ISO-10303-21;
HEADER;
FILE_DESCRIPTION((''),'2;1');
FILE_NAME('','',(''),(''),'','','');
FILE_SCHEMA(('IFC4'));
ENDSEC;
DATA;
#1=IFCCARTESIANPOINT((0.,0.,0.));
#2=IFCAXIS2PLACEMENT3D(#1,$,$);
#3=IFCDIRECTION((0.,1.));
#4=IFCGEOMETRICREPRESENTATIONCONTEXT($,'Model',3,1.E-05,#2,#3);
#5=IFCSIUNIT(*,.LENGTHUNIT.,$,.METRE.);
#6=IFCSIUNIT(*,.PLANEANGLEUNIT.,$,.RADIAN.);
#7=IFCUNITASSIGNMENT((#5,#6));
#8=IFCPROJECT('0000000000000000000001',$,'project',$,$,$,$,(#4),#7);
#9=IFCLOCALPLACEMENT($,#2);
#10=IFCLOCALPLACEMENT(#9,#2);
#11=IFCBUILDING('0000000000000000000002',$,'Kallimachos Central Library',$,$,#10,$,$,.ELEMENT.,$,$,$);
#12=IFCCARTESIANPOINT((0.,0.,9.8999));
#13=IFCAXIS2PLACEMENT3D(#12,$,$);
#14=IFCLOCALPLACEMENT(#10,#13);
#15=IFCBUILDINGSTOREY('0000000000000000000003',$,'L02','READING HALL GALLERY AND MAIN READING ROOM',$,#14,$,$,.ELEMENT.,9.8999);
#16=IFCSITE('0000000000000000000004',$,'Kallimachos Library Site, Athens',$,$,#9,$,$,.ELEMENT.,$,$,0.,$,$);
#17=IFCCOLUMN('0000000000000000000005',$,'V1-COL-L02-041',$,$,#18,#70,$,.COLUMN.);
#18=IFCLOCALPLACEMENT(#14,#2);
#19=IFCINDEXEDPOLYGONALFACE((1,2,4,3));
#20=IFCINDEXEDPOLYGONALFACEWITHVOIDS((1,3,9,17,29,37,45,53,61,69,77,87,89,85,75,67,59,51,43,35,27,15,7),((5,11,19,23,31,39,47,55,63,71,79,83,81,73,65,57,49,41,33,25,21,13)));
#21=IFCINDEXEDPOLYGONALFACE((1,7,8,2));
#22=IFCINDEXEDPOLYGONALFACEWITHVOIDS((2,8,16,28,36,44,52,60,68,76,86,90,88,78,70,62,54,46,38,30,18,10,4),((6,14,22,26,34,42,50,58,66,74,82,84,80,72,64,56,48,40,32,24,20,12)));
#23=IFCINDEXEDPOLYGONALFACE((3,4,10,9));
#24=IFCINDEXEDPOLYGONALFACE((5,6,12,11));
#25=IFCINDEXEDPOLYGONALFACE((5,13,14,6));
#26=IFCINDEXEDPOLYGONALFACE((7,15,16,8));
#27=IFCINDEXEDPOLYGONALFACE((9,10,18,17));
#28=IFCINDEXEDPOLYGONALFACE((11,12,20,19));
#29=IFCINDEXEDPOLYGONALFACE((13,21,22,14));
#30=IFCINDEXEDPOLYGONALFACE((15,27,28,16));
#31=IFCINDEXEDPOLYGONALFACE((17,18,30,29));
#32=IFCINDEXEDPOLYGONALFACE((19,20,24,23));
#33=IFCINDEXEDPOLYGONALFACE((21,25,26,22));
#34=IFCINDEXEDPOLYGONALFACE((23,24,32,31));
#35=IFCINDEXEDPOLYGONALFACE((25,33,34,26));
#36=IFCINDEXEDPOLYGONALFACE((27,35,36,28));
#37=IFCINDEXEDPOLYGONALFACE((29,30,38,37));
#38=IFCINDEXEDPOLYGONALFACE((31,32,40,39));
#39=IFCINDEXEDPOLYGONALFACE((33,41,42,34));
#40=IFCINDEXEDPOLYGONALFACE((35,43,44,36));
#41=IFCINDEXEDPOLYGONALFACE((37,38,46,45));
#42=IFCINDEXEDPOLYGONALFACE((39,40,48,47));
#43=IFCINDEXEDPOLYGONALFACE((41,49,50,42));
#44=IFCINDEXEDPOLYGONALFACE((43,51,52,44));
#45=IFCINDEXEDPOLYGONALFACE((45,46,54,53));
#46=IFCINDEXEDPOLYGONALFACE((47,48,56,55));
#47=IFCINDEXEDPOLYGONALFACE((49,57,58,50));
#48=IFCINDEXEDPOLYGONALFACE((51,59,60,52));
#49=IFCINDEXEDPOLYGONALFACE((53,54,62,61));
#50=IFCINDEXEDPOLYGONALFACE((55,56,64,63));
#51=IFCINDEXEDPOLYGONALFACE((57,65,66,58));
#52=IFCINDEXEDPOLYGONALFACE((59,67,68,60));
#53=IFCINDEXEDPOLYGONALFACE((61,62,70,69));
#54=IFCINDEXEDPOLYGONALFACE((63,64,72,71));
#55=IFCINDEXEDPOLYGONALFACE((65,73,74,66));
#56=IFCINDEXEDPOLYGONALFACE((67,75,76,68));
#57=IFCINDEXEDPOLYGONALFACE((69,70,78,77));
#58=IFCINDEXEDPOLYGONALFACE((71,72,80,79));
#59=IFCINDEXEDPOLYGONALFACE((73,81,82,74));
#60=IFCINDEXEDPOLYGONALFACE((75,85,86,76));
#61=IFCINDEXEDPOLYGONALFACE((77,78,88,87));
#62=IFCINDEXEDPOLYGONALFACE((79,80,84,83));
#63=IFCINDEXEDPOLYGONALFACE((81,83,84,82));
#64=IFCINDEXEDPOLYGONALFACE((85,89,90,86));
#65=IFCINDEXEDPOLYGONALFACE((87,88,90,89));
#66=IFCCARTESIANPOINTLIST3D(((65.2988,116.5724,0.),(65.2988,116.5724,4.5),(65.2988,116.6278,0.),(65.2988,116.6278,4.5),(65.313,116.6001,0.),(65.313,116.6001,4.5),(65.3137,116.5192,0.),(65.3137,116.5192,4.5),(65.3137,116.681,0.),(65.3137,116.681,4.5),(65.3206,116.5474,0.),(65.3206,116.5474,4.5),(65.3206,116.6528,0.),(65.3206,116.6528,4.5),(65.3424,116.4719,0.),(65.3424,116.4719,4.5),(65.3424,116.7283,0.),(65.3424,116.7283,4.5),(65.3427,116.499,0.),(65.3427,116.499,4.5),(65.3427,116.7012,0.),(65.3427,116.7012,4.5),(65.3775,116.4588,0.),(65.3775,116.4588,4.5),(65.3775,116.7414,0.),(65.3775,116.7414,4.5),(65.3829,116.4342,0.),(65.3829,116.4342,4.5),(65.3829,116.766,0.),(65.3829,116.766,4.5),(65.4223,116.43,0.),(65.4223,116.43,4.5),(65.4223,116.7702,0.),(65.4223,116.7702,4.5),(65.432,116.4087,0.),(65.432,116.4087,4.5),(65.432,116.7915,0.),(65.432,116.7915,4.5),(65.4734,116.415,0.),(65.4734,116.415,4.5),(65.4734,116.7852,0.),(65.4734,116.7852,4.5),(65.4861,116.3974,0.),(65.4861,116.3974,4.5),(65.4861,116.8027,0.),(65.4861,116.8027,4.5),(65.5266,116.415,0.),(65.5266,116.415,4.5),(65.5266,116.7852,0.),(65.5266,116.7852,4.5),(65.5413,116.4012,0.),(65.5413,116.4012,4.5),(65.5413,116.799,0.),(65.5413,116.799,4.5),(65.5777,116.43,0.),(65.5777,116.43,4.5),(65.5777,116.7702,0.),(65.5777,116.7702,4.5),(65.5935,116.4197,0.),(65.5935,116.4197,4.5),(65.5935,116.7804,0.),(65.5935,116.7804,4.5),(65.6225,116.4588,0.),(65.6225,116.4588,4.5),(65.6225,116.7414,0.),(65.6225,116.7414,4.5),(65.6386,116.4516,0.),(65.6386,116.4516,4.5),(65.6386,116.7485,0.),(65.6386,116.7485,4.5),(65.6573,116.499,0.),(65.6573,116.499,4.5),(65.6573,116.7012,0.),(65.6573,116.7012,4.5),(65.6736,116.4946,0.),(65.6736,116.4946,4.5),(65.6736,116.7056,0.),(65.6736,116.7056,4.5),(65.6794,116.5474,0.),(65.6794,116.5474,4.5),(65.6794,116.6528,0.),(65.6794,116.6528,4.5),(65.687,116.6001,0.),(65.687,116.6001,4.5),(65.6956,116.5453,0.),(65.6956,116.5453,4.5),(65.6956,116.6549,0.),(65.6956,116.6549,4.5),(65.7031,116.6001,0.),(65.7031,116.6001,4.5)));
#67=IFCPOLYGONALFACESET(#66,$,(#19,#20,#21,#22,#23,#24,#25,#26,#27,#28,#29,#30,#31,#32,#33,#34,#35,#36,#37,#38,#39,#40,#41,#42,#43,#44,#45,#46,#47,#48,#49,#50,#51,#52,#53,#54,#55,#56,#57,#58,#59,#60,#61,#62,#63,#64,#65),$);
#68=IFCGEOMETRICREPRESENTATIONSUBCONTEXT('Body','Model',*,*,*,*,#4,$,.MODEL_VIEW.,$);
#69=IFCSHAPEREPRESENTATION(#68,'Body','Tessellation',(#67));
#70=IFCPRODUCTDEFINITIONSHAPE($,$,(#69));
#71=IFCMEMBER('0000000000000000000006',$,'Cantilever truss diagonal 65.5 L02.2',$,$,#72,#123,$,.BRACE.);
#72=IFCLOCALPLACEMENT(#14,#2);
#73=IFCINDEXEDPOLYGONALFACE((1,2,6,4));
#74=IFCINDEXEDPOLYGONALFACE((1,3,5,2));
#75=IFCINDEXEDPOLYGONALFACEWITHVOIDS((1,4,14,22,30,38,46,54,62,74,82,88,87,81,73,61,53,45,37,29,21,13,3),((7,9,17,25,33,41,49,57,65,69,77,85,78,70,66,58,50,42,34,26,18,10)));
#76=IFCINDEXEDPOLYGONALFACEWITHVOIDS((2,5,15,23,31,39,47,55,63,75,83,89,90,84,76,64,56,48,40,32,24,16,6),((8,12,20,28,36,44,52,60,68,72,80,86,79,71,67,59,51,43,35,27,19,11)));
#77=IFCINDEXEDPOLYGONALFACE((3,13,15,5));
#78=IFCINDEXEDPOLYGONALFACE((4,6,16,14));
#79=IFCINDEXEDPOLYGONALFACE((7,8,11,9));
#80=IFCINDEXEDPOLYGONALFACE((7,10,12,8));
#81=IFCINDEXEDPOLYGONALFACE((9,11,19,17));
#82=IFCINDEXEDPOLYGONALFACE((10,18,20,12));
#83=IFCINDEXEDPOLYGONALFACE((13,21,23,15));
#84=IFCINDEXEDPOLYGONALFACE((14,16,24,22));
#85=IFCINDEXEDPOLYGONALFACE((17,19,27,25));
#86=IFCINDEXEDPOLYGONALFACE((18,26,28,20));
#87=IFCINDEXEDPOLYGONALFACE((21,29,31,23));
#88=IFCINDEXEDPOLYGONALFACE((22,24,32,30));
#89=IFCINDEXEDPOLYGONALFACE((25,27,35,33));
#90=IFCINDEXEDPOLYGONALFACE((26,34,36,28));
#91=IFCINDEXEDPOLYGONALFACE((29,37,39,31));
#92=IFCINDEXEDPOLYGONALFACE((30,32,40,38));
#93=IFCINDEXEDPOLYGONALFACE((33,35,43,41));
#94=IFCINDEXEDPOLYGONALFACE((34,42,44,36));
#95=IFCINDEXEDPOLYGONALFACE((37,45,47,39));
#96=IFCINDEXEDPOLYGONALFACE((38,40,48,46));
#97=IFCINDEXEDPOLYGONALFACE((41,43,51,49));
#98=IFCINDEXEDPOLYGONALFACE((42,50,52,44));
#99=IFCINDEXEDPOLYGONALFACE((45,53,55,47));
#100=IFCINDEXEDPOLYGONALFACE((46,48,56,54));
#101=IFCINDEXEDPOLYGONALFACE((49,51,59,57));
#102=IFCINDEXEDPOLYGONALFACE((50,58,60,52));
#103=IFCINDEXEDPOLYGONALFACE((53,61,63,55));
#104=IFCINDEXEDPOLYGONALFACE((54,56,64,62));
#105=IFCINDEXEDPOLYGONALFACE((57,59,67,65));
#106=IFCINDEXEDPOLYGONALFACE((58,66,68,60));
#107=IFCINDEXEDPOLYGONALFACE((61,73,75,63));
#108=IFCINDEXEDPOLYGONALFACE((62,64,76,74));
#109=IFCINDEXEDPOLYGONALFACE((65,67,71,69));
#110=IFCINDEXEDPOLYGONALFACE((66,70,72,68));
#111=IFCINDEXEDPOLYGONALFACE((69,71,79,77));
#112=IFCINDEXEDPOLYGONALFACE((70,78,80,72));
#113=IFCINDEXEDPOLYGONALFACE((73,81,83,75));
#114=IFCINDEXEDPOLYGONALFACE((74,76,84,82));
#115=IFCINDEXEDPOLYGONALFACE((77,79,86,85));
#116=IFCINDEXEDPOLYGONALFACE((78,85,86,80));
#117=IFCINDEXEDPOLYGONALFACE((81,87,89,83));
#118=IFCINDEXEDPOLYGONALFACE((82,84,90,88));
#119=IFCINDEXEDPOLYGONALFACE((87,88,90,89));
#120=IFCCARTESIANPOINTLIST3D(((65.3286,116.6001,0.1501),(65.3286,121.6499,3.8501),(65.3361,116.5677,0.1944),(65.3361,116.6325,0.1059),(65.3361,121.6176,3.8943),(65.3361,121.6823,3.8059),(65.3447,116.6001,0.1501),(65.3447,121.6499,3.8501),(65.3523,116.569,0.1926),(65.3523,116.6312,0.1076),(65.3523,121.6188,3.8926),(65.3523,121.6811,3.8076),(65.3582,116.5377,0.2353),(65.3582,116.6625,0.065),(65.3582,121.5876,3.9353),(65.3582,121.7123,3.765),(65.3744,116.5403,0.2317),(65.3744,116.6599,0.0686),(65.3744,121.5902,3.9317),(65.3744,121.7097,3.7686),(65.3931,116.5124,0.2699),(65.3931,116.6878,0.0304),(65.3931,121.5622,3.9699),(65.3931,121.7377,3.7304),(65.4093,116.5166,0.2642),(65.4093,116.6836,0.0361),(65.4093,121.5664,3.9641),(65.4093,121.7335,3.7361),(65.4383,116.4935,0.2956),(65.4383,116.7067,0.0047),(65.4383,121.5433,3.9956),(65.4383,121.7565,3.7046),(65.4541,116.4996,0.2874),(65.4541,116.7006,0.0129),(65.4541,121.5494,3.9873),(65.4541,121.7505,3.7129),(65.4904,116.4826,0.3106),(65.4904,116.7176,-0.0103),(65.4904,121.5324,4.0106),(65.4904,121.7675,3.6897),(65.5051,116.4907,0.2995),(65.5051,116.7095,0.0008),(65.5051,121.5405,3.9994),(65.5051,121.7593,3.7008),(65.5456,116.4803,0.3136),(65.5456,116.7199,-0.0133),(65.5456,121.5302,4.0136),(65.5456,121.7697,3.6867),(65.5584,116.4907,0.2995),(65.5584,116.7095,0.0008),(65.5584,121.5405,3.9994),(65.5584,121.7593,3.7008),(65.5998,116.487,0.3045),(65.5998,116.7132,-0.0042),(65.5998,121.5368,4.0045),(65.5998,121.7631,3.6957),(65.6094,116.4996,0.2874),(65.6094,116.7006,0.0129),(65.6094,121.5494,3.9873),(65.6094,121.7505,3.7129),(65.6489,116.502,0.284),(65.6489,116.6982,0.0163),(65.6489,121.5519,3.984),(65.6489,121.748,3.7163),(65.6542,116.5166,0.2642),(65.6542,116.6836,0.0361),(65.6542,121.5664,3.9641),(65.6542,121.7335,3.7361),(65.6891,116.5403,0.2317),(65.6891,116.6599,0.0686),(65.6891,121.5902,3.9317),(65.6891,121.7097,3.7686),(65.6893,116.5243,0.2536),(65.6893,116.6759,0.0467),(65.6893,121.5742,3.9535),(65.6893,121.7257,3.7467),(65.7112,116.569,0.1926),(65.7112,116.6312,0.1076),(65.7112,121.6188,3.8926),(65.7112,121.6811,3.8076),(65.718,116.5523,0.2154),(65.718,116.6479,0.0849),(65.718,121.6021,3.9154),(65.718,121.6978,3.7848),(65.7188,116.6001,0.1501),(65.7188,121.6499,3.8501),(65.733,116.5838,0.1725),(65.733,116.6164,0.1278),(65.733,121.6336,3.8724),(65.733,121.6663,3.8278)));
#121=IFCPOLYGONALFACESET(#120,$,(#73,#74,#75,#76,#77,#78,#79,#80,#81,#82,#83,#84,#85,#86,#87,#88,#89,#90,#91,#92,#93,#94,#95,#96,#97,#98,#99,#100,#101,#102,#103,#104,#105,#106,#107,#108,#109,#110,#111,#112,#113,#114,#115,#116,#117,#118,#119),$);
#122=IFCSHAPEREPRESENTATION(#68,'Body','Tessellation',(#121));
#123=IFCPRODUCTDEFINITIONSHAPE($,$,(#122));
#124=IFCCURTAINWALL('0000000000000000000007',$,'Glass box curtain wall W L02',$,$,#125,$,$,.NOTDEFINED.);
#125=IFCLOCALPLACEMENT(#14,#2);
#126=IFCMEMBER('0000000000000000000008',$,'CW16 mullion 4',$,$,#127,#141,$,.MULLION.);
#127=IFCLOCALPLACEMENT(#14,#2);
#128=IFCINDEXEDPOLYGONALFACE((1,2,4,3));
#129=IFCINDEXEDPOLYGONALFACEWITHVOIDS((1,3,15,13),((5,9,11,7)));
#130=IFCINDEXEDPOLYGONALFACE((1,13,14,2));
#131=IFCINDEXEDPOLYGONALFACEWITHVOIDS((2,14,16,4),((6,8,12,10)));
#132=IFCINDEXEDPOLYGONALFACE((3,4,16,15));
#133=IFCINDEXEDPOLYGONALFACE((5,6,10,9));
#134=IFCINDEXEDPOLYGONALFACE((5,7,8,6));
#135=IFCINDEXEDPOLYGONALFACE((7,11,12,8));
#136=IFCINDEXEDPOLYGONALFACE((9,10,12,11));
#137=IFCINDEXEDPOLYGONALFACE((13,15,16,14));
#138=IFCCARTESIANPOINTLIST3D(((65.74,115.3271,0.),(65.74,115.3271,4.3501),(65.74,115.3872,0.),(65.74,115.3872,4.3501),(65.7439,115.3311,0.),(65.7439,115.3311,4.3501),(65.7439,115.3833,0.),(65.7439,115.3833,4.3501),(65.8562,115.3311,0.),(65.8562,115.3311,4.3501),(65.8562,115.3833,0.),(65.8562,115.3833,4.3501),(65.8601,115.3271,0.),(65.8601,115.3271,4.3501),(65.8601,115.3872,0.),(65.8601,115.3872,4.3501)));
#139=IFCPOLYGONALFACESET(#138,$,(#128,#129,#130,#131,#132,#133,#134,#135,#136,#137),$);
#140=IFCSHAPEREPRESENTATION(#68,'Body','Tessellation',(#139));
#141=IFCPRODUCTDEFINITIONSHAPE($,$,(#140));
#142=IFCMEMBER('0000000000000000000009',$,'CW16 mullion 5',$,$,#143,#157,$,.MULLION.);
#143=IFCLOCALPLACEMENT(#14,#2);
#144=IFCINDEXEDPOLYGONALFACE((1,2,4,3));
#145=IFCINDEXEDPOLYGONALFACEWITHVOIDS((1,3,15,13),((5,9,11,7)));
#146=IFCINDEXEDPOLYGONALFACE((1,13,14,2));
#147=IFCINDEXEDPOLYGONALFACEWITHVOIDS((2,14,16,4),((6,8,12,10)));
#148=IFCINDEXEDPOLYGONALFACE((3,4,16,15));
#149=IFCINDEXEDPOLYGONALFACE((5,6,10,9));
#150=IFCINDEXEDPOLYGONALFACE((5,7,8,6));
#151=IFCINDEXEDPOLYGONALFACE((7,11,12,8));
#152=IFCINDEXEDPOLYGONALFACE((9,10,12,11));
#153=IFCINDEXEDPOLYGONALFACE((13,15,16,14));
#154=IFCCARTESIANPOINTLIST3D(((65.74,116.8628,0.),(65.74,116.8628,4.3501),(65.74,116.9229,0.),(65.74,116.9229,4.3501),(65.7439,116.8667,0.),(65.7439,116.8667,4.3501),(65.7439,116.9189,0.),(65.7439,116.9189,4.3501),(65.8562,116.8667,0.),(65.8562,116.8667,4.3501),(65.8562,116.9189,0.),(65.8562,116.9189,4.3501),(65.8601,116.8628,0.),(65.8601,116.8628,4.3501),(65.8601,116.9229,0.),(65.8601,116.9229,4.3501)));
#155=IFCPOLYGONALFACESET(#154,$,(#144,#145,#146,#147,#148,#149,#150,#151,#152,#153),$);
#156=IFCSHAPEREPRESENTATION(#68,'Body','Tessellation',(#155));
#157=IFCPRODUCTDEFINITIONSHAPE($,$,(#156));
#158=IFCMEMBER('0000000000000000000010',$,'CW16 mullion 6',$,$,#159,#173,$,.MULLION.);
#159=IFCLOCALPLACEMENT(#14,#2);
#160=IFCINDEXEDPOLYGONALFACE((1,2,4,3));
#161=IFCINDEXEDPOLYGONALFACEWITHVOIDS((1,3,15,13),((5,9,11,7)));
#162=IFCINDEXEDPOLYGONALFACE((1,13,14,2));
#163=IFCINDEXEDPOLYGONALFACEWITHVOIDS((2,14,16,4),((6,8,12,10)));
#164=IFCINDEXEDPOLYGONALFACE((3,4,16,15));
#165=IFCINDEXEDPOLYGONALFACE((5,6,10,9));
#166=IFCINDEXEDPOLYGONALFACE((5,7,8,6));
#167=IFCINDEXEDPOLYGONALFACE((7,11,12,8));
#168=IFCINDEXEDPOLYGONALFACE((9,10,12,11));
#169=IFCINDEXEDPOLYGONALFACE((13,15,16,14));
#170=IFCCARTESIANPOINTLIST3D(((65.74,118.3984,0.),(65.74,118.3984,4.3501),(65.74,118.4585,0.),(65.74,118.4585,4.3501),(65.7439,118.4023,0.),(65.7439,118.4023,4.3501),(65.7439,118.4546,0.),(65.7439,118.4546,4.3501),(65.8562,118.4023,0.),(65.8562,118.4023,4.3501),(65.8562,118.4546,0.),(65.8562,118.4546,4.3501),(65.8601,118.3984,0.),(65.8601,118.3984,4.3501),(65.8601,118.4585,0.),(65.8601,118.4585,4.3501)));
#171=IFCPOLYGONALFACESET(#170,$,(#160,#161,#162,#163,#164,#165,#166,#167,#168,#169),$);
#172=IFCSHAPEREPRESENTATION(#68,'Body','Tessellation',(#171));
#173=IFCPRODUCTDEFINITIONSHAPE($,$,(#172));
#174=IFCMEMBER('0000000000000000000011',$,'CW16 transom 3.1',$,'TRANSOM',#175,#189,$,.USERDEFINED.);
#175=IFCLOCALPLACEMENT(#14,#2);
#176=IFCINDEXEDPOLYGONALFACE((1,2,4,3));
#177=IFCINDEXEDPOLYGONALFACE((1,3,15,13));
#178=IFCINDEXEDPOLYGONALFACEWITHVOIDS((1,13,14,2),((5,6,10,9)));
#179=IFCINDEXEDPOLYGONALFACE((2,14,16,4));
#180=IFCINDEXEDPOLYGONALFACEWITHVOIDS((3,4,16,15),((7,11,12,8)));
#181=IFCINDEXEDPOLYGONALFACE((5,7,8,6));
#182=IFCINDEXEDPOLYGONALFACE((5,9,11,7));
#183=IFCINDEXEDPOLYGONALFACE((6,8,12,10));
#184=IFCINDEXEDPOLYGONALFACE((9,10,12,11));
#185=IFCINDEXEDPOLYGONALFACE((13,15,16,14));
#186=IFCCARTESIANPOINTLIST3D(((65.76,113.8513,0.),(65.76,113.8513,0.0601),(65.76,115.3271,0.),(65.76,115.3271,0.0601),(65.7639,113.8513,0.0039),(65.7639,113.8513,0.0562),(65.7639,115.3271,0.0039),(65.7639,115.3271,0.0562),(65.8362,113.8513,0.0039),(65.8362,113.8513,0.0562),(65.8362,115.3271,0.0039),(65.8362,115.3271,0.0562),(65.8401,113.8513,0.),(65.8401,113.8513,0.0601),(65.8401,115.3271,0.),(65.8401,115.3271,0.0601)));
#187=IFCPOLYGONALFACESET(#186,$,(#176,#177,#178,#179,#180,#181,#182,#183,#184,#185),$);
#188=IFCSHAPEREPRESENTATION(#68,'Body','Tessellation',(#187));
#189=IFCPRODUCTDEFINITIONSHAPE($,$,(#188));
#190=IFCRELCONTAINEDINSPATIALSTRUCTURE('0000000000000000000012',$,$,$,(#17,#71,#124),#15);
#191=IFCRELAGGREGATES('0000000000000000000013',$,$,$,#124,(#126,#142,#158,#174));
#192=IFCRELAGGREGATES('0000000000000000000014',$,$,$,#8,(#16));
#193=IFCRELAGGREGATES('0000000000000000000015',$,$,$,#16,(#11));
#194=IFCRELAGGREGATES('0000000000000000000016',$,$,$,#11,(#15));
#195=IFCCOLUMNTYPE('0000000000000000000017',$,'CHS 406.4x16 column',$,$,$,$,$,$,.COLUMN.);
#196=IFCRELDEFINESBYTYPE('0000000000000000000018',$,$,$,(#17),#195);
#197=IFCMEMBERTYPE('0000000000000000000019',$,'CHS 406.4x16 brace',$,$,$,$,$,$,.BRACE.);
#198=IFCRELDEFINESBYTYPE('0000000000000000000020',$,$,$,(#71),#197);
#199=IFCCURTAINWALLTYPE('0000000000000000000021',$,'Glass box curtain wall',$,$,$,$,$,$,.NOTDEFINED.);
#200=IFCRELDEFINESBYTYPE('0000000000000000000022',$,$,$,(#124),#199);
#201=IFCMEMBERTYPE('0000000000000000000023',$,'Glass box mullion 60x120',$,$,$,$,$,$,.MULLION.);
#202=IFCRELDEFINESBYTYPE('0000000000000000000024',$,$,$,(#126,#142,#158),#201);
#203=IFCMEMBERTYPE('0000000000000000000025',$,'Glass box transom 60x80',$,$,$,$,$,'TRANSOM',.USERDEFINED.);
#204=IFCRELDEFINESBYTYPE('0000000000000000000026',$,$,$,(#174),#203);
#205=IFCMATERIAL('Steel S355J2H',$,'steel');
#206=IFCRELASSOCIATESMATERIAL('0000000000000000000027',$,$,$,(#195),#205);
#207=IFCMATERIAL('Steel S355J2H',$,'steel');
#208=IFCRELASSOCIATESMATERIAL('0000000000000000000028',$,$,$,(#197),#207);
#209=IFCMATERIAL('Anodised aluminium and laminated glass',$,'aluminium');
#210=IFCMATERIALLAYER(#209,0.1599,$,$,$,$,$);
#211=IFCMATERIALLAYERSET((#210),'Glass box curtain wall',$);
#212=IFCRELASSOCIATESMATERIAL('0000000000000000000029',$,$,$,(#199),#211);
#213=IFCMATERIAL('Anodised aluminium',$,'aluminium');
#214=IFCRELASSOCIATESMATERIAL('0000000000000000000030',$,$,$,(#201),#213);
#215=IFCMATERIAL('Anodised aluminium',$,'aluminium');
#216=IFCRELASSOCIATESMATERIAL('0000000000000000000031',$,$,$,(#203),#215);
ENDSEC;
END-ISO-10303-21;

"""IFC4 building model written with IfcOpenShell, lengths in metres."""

from ifc_helpers import new_model, si_unit, direction, frame, origin, origin_2d, place, context, subcontext, project, spatial, hollow_rectangle, hollow_circle, extrude, material, layer, layer_set, material_profile, profile_set, type_object, element, aggregate, save


model = new_model("IFC4")

# Units and contexts
model_context = context("Model", 3, precision=1e-05, world=origin(), true_north=direction((0.0, 1.0)))
body_context = subcontext(model_context, "Body", "Model", "MODEL_VIEW")
ifc_project = project(units=[si_unit("LENGTHUNIT", "METRE"), si_unit("PLANEANGLEUNIT", "RADIAN")], contexts=[model_context])

# Site, building, storey
site_placement = place(None, origin())
site = spatial("IfcSite", under=ifc_project, at=site_placement, Name="Kallimachos Library Site, Athens", CompositionType="ELEMENT", RefElevation=0.0)
building_placement = place(site_placement, origin())
building = spatial("IfcBuilding", under=site, at=building_placement, Name="Kallimachos Central Library", CompositionType="ELEMENT")
storey_placement = place(building_placement, frame((0.0, 0.0, 9.8999)))
storey = spatial("IfcBuildingStorey", under=building, at=storey_placement, Name="L02", Description="READING HALL GALLERY AND MAIN READING ROOM", CompositionType="ELEMENT", Elevation=9.8999)

# Column
ifc_material_1 = material(Name="Steel S355J2H", Category="steel")
ifc_material_profile_1 = material_profile(ifc_material_1, hollow_circle(Radius=0.2031, WallThickness=0.0161, at=origin_2d()), Name="CHS 406.4x16")
ifc_profile_set_1 = profile_set([ifc_material_profile_1], Name="Steel S355J2H")
column_type = type_object("IfcColumnType", Name="CHS 406.4x16 column", PredefinedType="COLUMN", material=ifc_profile_set_1)
column_placement = place(storey_placement, frame((65.5, 116.6001, 0.0), z_axis=(0.0, 0.0, 1.0), x_axis=(1.0, 0.0, 0.0)))
element("IfcColumn", 1, at=column_placement, inside=storey, type_object=column_type, Name="V1-COL-L02-041", PredefinedType="COLUMN", context=body_context, shape_type="SweptSolid", body=[
    extrude(hollow_circle(Radius=0.2031, WallThickness=0.0161, at=origin_2d()), origin(), (0.0, 0.0, 1.0), 4.5),
])

# Member
ifc_material_2 = material(Name="Steel S355J2H", Category="steel")
ifc_material_profile_2 = material_profile(ifc_material_2, hollow_circle(Radius=0.2031, WallThickness=0.0161, at=origin_2d()), Name="CHS 406.4x16")
ifc_profile_set_2 = profile_set([ifc_material_profile_2], Name="Steel S355J2H")
member_type_1 = type_object("IfcMemberType", Name="CHS 406.4x16 brace", PredefinedType="BRACE", material=ifc_profile_set_2)
member_1_placement = place(storey_placement, frame((65.5317, 116.6001, 0.1501), z_axis=(0.0, 0.806652, 0.591027), x_axis=(-1.0, 0.0, 0.0)))
element("IfcMember", 2, at=member_1_placement, inside=storey, type_object=member_type_1, Name="Cantilever truss diagonal 65.5 L02.2", PredefinedType="BRACE", context=body_context, shape_type="SweptSolid", body=[
    extrude(hollow_circle(Radius=0.2031, WallThickness=0.0161, at=origin_2d()), origin(), (0.0, 0.0, 1.0), 6.2603),
])

# Curtain wall, members
ifc_material_3 = material(Name="Anodised aluminium and laminated glass", Category="aluminium")
ifc_layer_1 = layer(ifc_material_3, 0.1599)
ifc_layer_set_1 = layer_set([ifc_layer_1], Name="Glass box curtain wall")
curtain_wall_type = type_object("IfcCurtainWallType", Name="Glass box curtain wall", PredefinedType="NOTDEFINED", material=ifc_layer_set_1)
curtain_wall_placement = place(storey_placement, origin())
curtain_wall = element("IfcCurtainWall", 3, at=curtain_wall_placement, inside=storey, type_object=curtain_wall_type, Name="Glass box curtain wall W L02", PredefinedType="NOTDEFINED")
ifc_material_4 = material(Name="Anodised aluminium", Category="aluminium")
ifc_material_profile_3 = material_profile(ifc_material_4, hollow_rectangle(XDim=0.0601, YDim=0.1201, WallThickness=0.0039, at=origin_2d()), Name="ALU MULLION 60x120")
ifc_profile_set_3 = profile_set([ifc_material_profile_3], Name="Anodised aluminium")
member_type_2 = type_object("IfcMemberType", Name="Glass box mullion 60x120", PredefinedType="MULLION", material=ifc_profile_set_3)
member_2_placement = place(storey_placement, frame((65.8, 115.3572, 0.0), z_axis=(0.0, 0.0, 1.0), x_axis=(0.0, 1.0, 0.0)))
member_2 = element("IfcMember", 4, at=member_2_placement, type_object=member_type_2, Name="CW16 mullion 4", PredefinedType="MULLION", context=body_context, shape_type="SweptSolid", body=[
    extrude(hollow_rectangle(XDim=0.0601, YDim=0.1201, WallThickness=0.0039, at=origin_2d()), origin(), (0.0, 0.0, 1.0), 4.3501),
])
member_3_placement = place(storey_placement, frame((65.8, 116.8928, 0.0), z_axis=(0.0, 0.0, 1.0), x_axis=(0.0, 1.0, 0.0)))
member_3 = element("IfcMember", 5, at=member_3_placement, type_object=member_type_2, Name="CW16 mullion 5", PredefinedType="MULLION", context=body_context, shape_type="SweptSolid", body=[
    extrude(hollow_rectangle(XDim=0.0601, YDim=0.1201, WallThickness=0.0039, at=origin_2d()), origin(), (0.0, 0.0, 1.0), 4.3501),
])
member_4_placement = place(storey_placement, frame((65.8, 118.4285, 0.0), z_axis=(0.0, 0.0, 1.0), x_axis=(0.0, 1.0, 0.0)))
member_4 = element("IfcMember", 6, at=member_4_placement, type_object=member_type_2, Name="CW16 mullion 6", PredefinedType="MULLION", context=body_context, shape_type="SweptSolid", body=[
    extrude(hollow_rectangle(XDim=0.0601, YDim=0.1201, WallThickness=0.0039, at=origin_2d()), origin(), (0.0, 0.0, 1.0), 4.3501),
])
ifc_material_5 = material(Name="Anodised aluminium", Category="aluminium")
ifc_material_profile_4 = material_profile(ifc_material_5, hollow_rectangle(XDim=0.0601, YDim=0.0801, WallThickness=0.0039, at=origin_2d()), Name="ALU TRANSOM 60x80")
ifc_profile_set_4 = profile_set([ifc_material_profile_4], Name="Anodised aluminium")
member_type_3 = type_object("IfcMemberType", Name="Glass box transom 60x80", ElementType="TRANSOM", PredefinedType="USERDEFINED", material=ifc_profile_set_4)
member_5_placement = place(storey_placement, frame((65.8, 113.8513, 0.03), z_axis=(0.0, 1.0, 0.0), x_axis=(0.0, 0.0, 1.0)))
member_5 = element("IfcMember", 7, at=member_5_placement, type_object=member_type_3, Name="CW16 transom 3.1", ObjectType="TRANSOM", PredefinedType="USERDEFINED", context=body_context, shape_type="SweptSolid", body=[
    extrude(hollow_rectangle(XDim=0.0601, YDim=0.0801, WallThickness=0.0039, at=origin_2d()), origin(), (0.0, 0.0, 1.0), 1.4758),
])

aggregate(curtain_wall, [member_2, member_3, member_4, member_5])

save(model, "model.ifc")
